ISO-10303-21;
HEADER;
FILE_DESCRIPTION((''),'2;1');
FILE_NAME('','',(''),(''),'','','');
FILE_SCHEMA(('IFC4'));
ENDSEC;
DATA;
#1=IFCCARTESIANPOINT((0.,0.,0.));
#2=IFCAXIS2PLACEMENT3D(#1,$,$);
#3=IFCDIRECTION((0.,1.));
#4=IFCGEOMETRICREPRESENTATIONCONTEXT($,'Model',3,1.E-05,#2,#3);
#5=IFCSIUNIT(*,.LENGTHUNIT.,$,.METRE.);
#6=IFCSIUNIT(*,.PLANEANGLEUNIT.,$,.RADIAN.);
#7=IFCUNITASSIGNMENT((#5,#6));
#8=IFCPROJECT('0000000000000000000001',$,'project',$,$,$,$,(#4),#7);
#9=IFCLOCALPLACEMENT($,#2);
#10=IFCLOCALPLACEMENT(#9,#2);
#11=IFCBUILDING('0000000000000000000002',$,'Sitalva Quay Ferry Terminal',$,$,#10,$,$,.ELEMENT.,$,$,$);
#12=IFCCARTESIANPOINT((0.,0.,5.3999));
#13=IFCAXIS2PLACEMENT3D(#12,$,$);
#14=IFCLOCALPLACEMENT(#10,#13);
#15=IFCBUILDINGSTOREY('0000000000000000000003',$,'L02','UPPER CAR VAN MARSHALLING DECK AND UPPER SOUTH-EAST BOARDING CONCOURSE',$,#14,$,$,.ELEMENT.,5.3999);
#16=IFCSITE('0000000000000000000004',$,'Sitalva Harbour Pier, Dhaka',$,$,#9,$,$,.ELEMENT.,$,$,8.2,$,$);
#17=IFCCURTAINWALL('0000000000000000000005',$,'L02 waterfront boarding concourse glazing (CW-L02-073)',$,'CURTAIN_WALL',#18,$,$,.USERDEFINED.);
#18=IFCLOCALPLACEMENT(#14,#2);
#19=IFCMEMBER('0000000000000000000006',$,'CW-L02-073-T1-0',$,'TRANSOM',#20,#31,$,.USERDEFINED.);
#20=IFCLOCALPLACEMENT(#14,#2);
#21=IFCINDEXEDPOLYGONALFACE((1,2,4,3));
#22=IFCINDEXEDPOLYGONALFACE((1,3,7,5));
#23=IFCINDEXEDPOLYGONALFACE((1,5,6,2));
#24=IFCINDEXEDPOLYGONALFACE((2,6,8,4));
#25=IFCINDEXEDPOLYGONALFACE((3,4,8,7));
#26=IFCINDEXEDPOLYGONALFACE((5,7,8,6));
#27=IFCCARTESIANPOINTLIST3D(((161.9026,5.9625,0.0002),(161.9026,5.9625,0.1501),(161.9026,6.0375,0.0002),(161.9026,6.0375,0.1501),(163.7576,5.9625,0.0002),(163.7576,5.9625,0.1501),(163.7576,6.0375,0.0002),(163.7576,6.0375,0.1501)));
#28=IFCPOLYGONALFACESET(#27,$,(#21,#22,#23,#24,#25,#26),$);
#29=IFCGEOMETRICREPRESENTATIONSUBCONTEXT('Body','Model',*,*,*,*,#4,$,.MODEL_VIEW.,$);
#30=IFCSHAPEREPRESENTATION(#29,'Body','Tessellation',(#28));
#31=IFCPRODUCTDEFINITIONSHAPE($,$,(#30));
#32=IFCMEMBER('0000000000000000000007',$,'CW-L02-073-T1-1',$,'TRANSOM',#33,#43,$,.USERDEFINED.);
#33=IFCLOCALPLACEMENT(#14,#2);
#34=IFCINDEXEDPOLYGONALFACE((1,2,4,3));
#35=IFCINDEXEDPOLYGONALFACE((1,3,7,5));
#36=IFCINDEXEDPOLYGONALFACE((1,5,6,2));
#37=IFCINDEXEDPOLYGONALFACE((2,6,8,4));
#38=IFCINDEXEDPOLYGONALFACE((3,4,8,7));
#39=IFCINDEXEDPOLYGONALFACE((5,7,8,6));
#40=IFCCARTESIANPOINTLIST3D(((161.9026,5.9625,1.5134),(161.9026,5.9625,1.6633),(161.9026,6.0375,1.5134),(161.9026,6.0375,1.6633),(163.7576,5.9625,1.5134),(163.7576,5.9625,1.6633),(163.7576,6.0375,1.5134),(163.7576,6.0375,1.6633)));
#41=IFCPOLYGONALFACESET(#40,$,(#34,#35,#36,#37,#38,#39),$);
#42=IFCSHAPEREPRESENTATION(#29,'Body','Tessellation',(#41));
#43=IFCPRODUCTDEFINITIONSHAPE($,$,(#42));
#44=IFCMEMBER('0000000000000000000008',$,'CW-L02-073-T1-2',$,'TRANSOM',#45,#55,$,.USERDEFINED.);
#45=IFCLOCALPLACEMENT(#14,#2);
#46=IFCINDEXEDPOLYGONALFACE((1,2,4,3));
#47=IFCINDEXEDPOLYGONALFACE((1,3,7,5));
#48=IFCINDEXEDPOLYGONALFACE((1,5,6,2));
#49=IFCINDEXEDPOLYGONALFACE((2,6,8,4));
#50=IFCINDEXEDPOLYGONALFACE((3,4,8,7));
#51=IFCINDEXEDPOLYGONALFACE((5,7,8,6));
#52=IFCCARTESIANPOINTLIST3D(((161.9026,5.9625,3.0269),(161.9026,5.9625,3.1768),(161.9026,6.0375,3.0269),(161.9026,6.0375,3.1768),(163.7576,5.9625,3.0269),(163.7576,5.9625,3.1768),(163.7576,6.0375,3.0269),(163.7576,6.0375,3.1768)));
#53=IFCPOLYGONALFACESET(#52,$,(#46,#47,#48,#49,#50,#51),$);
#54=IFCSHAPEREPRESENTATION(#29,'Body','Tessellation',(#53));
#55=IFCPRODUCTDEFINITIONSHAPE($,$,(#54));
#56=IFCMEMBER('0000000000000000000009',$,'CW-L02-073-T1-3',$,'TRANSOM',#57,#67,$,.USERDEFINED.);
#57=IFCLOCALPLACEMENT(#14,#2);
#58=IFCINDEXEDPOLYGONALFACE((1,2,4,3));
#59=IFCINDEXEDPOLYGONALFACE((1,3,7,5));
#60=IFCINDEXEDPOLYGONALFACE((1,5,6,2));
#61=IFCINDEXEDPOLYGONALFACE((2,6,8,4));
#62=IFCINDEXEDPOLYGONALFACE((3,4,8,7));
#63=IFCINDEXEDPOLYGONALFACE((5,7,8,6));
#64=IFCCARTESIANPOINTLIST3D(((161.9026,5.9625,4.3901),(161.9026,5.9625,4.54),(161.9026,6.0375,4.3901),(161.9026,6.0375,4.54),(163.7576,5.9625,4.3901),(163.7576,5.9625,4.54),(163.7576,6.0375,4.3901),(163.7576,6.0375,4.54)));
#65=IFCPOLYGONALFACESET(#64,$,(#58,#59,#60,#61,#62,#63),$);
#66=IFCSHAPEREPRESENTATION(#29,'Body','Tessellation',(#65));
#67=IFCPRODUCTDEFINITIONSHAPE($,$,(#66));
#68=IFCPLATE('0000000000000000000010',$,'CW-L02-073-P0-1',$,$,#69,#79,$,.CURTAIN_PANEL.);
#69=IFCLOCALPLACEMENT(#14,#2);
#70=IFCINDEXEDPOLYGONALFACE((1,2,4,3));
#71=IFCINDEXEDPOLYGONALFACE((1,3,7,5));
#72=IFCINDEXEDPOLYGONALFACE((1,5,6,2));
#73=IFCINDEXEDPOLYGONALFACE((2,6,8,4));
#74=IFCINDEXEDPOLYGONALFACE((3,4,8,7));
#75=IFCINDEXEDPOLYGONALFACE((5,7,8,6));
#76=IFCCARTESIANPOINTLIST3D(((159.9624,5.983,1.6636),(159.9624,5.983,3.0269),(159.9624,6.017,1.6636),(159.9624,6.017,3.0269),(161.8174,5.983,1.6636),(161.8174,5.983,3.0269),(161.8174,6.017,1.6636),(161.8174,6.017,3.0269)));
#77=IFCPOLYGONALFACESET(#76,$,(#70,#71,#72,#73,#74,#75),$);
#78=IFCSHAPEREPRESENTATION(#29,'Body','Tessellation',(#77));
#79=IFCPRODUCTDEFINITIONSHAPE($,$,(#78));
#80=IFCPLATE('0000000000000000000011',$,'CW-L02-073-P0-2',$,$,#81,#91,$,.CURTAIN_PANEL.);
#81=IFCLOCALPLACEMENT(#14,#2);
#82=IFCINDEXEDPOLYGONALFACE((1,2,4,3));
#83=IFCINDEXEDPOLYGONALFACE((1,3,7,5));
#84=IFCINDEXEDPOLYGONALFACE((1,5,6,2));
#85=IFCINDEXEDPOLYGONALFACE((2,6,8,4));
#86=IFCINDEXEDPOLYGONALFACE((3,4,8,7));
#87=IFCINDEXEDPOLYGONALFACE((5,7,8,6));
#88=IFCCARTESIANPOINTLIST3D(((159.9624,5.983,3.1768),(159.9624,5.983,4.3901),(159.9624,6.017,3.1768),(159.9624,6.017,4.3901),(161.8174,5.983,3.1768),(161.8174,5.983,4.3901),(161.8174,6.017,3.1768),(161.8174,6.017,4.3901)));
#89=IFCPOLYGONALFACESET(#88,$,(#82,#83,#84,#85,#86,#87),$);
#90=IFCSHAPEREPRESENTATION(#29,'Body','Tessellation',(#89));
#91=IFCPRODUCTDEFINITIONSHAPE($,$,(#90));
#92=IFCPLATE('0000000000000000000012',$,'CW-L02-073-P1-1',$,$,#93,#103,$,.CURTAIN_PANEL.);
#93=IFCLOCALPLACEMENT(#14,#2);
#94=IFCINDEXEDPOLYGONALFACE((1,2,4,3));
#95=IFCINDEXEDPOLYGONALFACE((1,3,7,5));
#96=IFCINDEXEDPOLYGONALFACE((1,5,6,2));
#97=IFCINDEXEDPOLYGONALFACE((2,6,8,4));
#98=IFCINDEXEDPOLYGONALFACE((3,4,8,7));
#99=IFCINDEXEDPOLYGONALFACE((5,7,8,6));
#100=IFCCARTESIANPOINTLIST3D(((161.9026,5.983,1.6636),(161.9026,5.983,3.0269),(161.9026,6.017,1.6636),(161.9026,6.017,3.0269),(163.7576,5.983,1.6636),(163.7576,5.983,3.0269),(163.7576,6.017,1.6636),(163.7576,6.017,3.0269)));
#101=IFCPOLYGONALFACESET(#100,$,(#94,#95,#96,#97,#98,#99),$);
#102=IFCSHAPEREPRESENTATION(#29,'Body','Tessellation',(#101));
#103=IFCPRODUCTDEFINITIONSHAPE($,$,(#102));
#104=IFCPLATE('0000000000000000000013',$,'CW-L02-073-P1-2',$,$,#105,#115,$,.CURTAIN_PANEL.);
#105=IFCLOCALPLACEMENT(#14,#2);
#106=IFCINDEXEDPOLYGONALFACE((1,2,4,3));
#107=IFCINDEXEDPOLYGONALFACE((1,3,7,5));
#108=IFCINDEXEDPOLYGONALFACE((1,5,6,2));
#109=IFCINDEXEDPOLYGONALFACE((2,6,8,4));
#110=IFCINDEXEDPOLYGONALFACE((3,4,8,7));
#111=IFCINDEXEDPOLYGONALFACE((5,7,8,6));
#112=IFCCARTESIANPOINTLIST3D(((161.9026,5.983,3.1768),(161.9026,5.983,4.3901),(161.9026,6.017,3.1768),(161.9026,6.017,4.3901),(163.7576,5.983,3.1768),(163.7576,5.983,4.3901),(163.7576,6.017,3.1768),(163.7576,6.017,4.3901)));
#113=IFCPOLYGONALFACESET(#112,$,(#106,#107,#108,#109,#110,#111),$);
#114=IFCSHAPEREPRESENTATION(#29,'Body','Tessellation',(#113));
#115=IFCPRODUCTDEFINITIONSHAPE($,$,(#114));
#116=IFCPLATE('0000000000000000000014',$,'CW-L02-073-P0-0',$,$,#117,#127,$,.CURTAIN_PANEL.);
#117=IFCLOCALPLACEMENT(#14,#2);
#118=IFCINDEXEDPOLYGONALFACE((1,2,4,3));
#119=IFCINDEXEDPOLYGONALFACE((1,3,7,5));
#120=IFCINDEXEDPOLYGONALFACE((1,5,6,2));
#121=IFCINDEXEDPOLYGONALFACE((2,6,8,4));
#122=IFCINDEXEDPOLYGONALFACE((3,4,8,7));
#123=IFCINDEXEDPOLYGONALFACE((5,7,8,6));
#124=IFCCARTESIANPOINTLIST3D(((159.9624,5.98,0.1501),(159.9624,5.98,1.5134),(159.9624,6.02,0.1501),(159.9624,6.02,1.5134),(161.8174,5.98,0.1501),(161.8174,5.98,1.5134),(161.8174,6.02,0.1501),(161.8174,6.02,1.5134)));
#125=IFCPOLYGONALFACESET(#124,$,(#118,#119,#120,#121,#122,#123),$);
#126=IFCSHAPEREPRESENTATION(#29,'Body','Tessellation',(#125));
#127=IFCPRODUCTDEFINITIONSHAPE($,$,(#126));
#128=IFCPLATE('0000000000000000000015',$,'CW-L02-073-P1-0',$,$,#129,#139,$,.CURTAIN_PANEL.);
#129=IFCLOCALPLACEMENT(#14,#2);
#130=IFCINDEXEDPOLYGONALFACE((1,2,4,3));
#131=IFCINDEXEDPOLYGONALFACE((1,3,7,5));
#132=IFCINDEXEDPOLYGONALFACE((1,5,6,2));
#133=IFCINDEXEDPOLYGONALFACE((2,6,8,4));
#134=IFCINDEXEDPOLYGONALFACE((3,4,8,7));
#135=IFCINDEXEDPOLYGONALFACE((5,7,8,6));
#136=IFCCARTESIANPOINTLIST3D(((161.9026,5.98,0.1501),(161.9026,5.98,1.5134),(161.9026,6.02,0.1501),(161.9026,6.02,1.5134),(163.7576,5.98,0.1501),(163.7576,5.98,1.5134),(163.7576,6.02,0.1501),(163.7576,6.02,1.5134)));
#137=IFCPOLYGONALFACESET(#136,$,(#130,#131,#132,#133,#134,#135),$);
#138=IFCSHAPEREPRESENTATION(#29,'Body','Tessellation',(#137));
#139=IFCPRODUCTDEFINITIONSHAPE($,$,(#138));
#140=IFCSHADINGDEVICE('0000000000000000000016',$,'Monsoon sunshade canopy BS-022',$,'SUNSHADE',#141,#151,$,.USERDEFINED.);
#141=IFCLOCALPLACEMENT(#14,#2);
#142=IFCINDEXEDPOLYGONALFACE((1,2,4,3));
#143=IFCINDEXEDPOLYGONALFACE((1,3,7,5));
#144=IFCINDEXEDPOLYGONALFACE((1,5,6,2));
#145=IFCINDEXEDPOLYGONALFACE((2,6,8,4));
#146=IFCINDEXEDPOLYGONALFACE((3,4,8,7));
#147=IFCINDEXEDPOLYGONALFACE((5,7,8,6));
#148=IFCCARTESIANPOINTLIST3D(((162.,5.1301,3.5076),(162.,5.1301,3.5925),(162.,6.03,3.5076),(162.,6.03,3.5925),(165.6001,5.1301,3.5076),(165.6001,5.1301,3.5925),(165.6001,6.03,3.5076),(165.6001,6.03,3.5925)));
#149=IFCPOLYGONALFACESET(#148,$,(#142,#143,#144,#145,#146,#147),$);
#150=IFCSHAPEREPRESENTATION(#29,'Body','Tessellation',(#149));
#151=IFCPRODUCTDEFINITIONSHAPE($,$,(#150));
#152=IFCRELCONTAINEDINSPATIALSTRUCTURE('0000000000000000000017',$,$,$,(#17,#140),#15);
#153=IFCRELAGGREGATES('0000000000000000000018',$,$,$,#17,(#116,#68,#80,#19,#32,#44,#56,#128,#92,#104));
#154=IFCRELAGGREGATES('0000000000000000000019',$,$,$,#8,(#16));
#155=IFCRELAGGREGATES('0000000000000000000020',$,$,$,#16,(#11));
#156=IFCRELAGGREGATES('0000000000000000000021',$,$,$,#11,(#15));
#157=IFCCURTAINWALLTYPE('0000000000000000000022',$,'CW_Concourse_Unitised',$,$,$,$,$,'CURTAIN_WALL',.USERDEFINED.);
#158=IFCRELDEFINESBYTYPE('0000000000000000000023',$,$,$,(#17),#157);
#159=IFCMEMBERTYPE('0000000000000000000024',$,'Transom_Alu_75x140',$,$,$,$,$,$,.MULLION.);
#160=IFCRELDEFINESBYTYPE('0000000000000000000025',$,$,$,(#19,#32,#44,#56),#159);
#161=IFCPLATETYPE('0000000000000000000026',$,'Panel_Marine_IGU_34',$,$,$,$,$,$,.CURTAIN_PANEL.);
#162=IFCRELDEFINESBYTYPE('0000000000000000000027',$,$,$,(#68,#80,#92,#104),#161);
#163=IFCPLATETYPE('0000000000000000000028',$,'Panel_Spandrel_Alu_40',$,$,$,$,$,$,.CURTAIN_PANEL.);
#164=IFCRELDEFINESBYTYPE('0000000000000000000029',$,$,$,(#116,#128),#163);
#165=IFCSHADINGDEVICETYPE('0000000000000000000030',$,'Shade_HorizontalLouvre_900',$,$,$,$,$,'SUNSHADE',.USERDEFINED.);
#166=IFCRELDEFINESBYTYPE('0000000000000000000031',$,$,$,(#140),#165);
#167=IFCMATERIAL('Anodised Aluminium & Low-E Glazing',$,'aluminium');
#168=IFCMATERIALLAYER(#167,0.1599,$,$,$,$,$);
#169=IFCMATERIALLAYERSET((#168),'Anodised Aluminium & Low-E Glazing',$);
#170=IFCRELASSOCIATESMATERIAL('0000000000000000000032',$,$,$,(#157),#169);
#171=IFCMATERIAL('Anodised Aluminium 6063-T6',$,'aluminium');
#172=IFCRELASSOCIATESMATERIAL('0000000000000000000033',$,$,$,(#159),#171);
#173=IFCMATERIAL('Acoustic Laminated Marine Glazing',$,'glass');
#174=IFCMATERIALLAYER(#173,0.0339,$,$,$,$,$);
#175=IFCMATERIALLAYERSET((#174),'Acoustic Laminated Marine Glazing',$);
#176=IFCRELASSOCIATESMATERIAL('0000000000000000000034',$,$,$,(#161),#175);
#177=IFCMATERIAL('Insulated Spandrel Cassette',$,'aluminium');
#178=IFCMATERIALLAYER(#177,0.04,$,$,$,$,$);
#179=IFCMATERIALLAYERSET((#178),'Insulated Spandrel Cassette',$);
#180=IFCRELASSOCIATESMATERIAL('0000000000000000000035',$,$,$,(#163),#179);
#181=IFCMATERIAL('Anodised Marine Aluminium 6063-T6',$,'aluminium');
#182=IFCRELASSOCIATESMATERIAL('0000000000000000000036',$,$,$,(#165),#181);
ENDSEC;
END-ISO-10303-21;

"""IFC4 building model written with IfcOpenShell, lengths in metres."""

from ifc_helpers import new_model, si_unit, direction, frame, origin, origin_2d, place, context, subcontext, project, spatial, rectangle, extrude, material, layer, layer_set, material_profile, profile_set, type_object, element, aggregate, save


model = new_model("IFC4")

# Units and contexts
model_context = context("Model", 3, precision=1e-05, world=origin(), true_north=direction((0.0, 1.0)))
body_context = subcontext(model_context, "Body", "Model", "MODEL_VIEW")
ifc_project = project(units=[si_unit("LENGTHUNIT", "METRE"), si_unit("PLANEANGLEUNIT", "RADIAN")], contexts=[model_context])

# Site, building, storey
site_placement = place(None, origin())
site = spatial("IfcSite", under=ifc_project, at=site_placement, Name="Sitalva Harbour Pier, Dhaka", CompositionType="ELEMENT", RefElevation=8.2)
building_placement = place(site_placement, origin())
building = spatial("IfcBuilding", under=site, at=building_placement, Name="Sitalva Quay Ferry Terminal", CompositionType="ELEMENT")
storey_placement = place(building_placement, frame((0.0, 0.0, 5.3999)))
storey = spatial("IfcBuildingStorey", under=building, at=storey_placement, Name="L02", Description="UPPER CAR VAN MARSHALLING DECK AND UPPER SOUTH-EAST BOARDING CONCOURSE", CompositionType="ELEMENT", Elevation=5.3999)

# Curtain wall, members, plates
ifc_material_1 = material(Name="Anodised Aluminium & Low-E Glazing", Category="aluminium")
ifc_layer_1 = layer(ifc_material_1, 0.1599)
ifc_layer_set_1 = layer_set([ifc_layer_1], Name="Anodised Aluminium & Low-E Glazing")
curtain_wall_type = type_object("IfcCurtainWallType", Name="CW_Concourse_Unitised", ElementType="CURTAIN_WALL", PredefinedType="USERDEFINED", material=ifc_layer_set_1)
curtain_wall_placement = place(storey_placement, origin())
curtain_wall = element("IfcCurtainWall", 1, at=curtain_wall_placement, inside=storey, type_object=curtain_wall_type, Name="L02 waterfront boarding concourse glazing (CW-L02-073)", ObjectType="CURTAIN_WALL", PredefinedType="USERDEFINED")
ifc_material_2 = material(Name="Anodised Aluminium 6063-T6", Category="aluminium")
ifc_material_profile_1 = material_profile(ifc_material_2, rectangle(XDim=0.075, YDim=0.1499, at=origin_2d()), Name="ALU75x150")
ifc_profile_set_1 = profile_set([ifc_material_profile_1], Name="Anodised Aluminium 6063-T6")
member_type_1 = type_object("IfcMemberType", Name="Transom_Alu_75x140", PredefinedType="MULLION", material=ifc_profile_set_1)
member_1_placement = place(storey_placement, frame((161.9026, 6.0, 0.0752), z_axis=(1.0, 0.0, 0.0), x_axis=(0.0, 1.0, 0.0)))
member_1 = element("IfcMember", 2, at=member_1_placement, type_object=member_type_1, Name="CW-L02-073-T1-0", ObjectType="TRANSOM", PredefinedType="USERDEFINED", context=body_context, shape_type="SweptSolid", body=[
    extrude(rectangle(XDim=0.075, YDim=0.1499, at=origin_2d()), origin(), (0.0, 0.0, 1.0), 1.855),
])
member_2_placement = place(storey_placement, frame((161.9026, 6.0, 1.5884), z_axis=(1.0, 0.0, 0.0), x_axis=(0.0, 1.0, 0.0)))
member_2 = element("IfcMember", 3, at=member_2_placement, type_object=member_type_1, Name="CW-L02-073-T1-1", ObjectType="TRANSOM", PredefinedType="USERDEFINED", context=body_context, shape_type="SweptSolid", body=[
    extrude(rectangle(XDim=0.075, YDim=0.1499, at=origin_2d()), origin(), (0.0, 0.0, 1.0), 1.855),
])
member_3_placement = place(storey_placement, frame((161.9026, 6.0, 3.1018), z_axis=(1.0, 0.0, 0.0), x_axis=(0.0, 1.0, 0.0)))
member_3 = element("IfcMember", 4, at=member_3_placement, type_object=member_type_1, Name="CW-L02-073-T1-2", ObjectType="TRANSOM", PredefinedType="USERDEFINED", context=body_context, shape_type="SweptSolid", body=[
    extrude(rectangle(XDim=0.075, YDim=0.1499, at=origin_2d()), origin(), (0.0, 0.0, 1.0), 1.855),
])
member_4_placement = place(storey_placement, frame((161.9026, 6.0, 4.4651), z_axis=(1.0, 0.0, 0.0), x_axis=(0.0, 1.0, 0.0)))
member_4 = element("IfcMember", 5, at=member_4_placement, type_object=member_type_1, Name="CW-L02-073-T1-3", ObjectType="TRANSOM", PredefinedType="USERDEFINED", context=body_context, shape_type="SweptSolid", body=[
    extrude(rectangle(XDim=0.075, YDim=0.1499, at=origin_2d()), origin(), (0.0, 0.0, 1.0), 1.855),
])
ifc_material_3 = material(Name="Acoustic Laminated Marine Glazing", Category="glass")
ifc_layer_2 = layer(ifc_material_3, 0.0339)
ifc_layer_set_2 = layer_set([ifc_layer_2], Name="Acoustic Laminated Marine Glazing")
plate_type_1 = type_object("IfcPlateType", Name="Panel_Marine_IGU_34", PredefinedType="CURTAIN_PANEL", material=ifc_layer_set_2)
plate_1_placement = place(storey_placement, frame((160.8899, 6.0, 1.6636), z_axis=(0.0, 0.0, 1.0), x_axis=(1.0, 0.0, 0.0)))
plate_1 = element("IfcPlate", 6, at=plate_1_placement, type_object=plate_type_1, Name="CW-L02-073-P0-1", PredefinedType="CURTAIN_PANEL", context=body_context, shape_type="SweptSolid", body=[
    extrude(rectangle(XDim=1.855, YDim=0.0339, at=origin_2d()), origin(), (0.0, 0.0, 1.0), 1.3633),
])
plate_2_placement = place(storey_placement, frame((160.8899, 6.0, 3.1768), z_axis=(0.0, 0.0, 1.0), x_axis=(1.0, 0.0, 0.0)))
plate_2 = element("IfcPlate", 7, at=plate_2_placement, type_object=plate_type_1, Name="CW-L02-073-P0-2", PredefinedType="CURTAIN_PANEL", context=body_context, shape_type="SweptSolid", body=[
    extrude(rectangle(XDim=1.855, YDim=0.0339, at=origin_2d()), origin(), (0.0, 0.0, 1.0), 1.2134),
])
plate_3_placement = place(storey_placement, frame((162.8301, 6.0, 1.6636), z_axis=(0.0, 0.0, 1.0), x_axis=(1.0, 0.0, 0.0)))
plate_3 = element("IfcPlate", 8, at=plate_3_placement, type_object=plate_type_1, Name="CW-L02-073-P1-1", PredefinedType="CURTAIN_PANEL", context=body_context, shape_type="SweptSolid", body=[
    extrude(rectangle(XDim=1.855, YDim=0.0339, at=origin_2d()), origin(), (0.0, 0.0, 1.0), 1.3633),
])
plate_4_placement = place(storey_placement, frame((162.8301, 6.0, 3.1768), z_axis=(0.0, 0.0, 1.0), x_axis=(1.0, 0.0, 0.0)))
plate_4 = element("IfcPlate", 9, at=plate_4_placement, type_object=plate_type_1, Name="CW-L02-073-P1-2", PredefinedType="CURTAIN_PANEL", context=body_context, shape_type="SweptSolid", body=[
    extrude(rectangle(XDim=1.855, YDim=0.0339, at=origin_2d()), origin(), (0.0, 0.0, 1.0), 1.2134),
])
ifc_material_4 = material(Name="Insulated Spandrel Cassette", Category="aluminium")
ifc_layer_3 = layer(ifc_material_4, 0.04)
ifc_layer_set_3 = layer_set([ifc_layer_3], Name="Insulated Spandrel Cassette")
plate_type_2 = type_object("IfcPlateType", Name="Panel_Spandrel_Alu_40", PredefinedType="CURTAIN_PANEL", material=ifc_layer_set_3)
plate_5_placement = place(storey_placement, frame((160.8899, 6.0, 0.1501), z_axis=(0.0, 0.0, 1.0), x_axis=(1.0, 0.0, 0.0)))
plate_5 = element("IfcPlate", 10, at=plate_5_placement, type_object=plate_type_2, Name="CW-L02-073-P0-0", PredefinedType="CURTAIN_PANEL", context=body_context, shape_type="SweptSolid", body=[
    extrude(rectangle(XDim=1.855, YDim=0.04, at=origin_2d()), origin(), (0.0, 0.0, 1.0), 1.3633),
])
plate_6_placement = place(storey_placement, frame((162.8301, 6.0, 0.1501), z_axis=(0.0, 0.0, 1.0), x_axis=(1.0, 0.0, 0.0)))
plate_6 = element("IfcPlate", 11, at=plate_6_placement, type_object=plate_type_2, Name="CW-L02-073-P1-0", PredefinedType="CURTAIN_PANEL", context=body_context, shape_type="SweptSolid", body=[
    extrude(rectangle(XDim=1.855, YDim=0.04, at=origin_2d()), origin(), (0.0, 0.0, 1.0), 1.3633),
])
aggregate(curtain_wall, [plate_5, plate_1, plate_2, member_1, member_2, member_3, member_4, plate_6, plate_3, plate_4])

# Shading device
ifc_material_5 = material(Name="Anodised Marine Aluminium 6063-T6", Category="aluminium")
shading_device_type = type_object("IfcShadingDeviceType", Name="Shade_HorizontalLouvre_900", ElementType="SUNSHADE", PredefinedType="USERDEFINED", material=ifc_material_5)
shading_device_placement = place(storey_placement, frame((163.8, 5.5801, 3.5076), z_axis=(0.0, 0.0, 1.0), x_axis=(1.0, 0.0, 0.0)))
element("IfcShadingDevice", 12, at=shading_device_placement, inside=storey, type_object=shading_device_type, Name="Monsoon sunshade canopy BS-022", ObjectType="SUNSHADE", PredefinedType="USERDEFINED", context=body_context, shape_type="SweptSolid", body=[
    extrude(rectangle(XDim=3.6001, YDim=0.8999, at=origin_2d()), origin(), (0.0, 0.0, 1.0), 0.085),
])

save(model, "model.ifc")
